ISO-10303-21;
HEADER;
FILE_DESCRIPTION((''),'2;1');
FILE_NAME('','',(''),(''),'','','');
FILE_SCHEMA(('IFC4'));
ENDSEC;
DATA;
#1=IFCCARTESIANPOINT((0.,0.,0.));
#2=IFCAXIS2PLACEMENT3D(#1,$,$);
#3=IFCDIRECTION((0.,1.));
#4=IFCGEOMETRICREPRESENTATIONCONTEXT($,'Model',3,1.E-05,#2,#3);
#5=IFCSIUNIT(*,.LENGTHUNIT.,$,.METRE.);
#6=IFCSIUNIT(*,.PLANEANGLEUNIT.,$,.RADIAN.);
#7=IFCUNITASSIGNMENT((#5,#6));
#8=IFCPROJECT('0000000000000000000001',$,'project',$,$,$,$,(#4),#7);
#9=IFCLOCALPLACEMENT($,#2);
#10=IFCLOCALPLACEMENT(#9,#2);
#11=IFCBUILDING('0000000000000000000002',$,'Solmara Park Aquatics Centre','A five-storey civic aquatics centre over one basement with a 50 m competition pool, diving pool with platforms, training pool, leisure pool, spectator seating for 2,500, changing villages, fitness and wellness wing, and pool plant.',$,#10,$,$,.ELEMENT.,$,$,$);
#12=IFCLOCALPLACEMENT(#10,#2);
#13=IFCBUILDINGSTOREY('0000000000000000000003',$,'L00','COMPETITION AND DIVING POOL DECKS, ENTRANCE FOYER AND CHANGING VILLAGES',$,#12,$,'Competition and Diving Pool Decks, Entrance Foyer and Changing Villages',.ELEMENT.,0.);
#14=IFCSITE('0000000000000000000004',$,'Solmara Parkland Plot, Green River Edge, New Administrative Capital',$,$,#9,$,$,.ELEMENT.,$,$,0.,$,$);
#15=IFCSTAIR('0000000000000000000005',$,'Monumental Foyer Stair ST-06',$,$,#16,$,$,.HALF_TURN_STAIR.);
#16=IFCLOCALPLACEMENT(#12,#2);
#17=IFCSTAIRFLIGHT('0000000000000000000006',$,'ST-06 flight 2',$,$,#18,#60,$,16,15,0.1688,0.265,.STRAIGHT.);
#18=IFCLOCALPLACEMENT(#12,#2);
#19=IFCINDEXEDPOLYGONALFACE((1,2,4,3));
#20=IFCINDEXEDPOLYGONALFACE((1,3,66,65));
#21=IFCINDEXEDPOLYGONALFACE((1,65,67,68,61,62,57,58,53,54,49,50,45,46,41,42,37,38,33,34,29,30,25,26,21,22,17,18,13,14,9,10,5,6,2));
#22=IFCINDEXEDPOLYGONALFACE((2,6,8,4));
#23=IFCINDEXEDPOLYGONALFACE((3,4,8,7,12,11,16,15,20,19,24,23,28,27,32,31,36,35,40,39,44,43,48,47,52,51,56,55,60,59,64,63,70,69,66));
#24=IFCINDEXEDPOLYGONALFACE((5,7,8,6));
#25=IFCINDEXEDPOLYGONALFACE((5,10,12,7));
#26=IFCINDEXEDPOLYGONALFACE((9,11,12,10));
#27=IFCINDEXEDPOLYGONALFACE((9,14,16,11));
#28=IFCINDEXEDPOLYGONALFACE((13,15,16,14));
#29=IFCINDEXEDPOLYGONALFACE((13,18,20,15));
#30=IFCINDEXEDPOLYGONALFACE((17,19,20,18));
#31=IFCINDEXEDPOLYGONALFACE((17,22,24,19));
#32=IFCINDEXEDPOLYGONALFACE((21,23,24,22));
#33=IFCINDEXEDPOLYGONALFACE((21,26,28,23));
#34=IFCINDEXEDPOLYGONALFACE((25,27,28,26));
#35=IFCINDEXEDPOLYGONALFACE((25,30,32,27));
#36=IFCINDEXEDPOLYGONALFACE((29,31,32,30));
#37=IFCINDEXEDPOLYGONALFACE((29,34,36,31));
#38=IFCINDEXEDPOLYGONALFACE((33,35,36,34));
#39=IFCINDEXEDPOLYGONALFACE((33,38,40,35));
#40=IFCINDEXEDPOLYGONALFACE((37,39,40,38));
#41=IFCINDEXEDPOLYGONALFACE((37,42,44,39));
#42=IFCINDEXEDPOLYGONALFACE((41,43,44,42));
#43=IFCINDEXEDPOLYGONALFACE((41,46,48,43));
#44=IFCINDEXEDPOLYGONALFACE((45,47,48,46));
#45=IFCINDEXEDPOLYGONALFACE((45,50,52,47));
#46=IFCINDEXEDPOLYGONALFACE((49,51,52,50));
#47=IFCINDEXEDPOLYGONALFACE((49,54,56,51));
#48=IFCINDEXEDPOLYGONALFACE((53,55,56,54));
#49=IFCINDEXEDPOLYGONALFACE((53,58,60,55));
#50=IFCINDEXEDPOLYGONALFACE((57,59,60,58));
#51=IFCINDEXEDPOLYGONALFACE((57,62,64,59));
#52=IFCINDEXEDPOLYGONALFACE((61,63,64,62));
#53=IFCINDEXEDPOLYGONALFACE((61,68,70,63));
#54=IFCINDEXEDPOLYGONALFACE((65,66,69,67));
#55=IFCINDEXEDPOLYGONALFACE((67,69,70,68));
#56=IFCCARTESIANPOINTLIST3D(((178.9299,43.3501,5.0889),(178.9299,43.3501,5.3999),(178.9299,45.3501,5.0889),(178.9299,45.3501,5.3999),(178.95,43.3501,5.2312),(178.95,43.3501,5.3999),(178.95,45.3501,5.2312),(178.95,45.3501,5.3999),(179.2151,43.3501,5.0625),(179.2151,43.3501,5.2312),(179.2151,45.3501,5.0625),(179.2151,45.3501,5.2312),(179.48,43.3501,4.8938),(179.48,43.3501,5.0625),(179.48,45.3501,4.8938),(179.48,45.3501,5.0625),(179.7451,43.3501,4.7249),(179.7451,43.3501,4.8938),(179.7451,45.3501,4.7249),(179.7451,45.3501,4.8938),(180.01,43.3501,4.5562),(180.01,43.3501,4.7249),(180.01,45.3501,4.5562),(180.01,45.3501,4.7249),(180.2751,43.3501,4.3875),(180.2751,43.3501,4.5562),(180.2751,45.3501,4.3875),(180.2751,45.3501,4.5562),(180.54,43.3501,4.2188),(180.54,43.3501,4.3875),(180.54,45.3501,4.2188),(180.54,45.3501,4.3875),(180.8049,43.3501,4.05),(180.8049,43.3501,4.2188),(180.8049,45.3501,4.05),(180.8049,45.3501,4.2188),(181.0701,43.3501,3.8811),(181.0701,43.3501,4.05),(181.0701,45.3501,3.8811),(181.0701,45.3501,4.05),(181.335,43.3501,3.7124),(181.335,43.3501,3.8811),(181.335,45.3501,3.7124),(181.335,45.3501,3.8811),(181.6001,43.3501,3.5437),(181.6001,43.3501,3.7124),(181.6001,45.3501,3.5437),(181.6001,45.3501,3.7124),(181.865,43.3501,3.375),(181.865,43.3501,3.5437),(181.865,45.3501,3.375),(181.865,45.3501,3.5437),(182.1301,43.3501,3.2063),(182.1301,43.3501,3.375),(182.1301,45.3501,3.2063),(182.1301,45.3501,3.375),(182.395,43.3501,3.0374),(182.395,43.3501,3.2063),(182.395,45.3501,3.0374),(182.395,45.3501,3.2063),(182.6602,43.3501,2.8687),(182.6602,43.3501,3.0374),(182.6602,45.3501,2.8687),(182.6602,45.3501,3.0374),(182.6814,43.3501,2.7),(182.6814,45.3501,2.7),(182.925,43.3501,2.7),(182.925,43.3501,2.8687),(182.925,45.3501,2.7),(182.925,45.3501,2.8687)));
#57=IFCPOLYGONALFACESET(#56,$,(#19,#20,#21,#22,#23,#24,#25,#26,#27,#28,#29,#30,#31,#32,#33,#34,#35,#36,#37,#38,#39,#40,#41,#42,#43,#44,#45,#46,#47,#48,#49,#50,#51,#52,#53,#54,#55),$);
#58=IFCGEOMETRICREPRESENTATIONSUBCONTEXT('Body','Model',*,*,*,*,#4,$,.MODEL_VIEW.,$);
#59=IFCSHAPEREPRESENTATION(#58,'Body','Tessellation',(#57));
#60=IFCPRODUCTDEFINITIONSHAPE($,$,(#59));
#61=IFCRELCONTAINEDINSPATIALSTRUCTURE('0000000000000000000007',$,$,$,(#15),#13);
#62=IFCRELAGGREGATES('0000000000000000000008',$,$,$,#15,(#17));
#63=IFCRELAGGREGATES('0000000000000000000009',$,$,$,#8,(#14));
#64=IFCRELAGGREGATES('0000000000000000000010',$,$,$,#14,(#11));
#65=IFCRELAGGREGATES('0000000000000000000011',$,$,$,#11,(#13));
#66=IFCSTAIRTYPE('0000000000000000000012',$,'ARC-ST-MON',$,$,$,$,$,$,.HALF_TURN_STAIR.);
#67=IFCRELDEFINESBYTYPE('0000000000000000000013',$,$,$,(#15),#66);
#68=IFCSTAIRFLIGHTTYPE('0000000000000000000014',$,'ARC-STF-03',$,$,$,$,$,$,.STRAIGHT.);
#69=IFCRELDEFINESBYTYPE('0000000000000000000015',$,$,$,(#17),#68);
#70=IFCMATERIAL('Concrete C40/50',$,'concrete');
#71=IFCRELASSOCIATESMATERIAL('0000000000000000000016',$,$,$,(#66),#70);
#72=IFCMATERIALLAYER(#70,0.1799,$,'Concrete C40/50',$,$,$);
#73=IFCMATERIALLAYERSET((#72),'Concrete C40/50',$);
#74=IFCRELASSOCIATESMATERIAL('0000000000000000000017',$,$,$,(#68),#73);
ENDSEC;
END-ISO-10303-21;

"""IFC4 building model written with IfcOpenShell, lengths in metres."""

from ifc_helpers import new_model, si_unit, direction, frame, origin, place, context, subcontext, project, spatial, polyline, outline, extrude, material, layer, layer_set, type_object, element, aggregate, save


model = new_model("IFC4")

# Units and contexts
model_context = context("Model", 3, precision=1e-05, world=origin(), true_north=direction((0.0, 1.0)))
body_context = subcontext(model_context, "Body", "Model", "MODEL_VIEW")
ifc_project = project(units=[si_unit("LENGTHUNIT", "METRE"), si_unit("PLANEANGLEUNIT", "RADIAN")], contexts=[model_context])

# Site, building, storey
site_placement = place(None, origin())
site = spatial("IfcSite", under=ifc_project, at=site_placement, Name="Solmara Parkland Plot, Green River Edge, New Administrative Capital", CompositionType="ELEMENT", RefElevation=0.0)
building_placement = place(site_placement, origin())
building = spatial("IfcBuilding", under=site, at=building_placement, Name="Solmara Park Aquatics Centre", Description="A five-storey civic aquatics centre over one basement with a 50 m competition pool, diving pool with platforms, training pool, leisure pool, spectator seating for 2,500, changing villages, fitness and wellness wing, and pool plant.", CompositionType="ELEMENT")
storey_placement = place(building_placement, origin())
storey = spatial("IfcBuildingStorey", under=building, at=storey_placement, Name="L00", Description="COMPETITION AND DIVING POOL DECKS, ENTRANCE FOYER AND CHANGING VILLAGES", LongName="Competition and Diving Pool Decks, Entrance Foyer and Changing Villages", CompositionType="ELEMENT", Elevation=0.0)

# Shared definitions
ifc_material_1 = material(Name="Concrete C40/50", Category="concrete")

# Stair, stair flight
stair_type = type_object("IfcStairType", Name="ARC-ST-MON", PredefinedType="HALF_TURN_STAIR", material=ifc_material_1)
stair_placement = place(storey_placement, origin())
stair = element("IfcStair", 1, at=stair_placement, inside=storey, type_object=stair_type, Name="Monumental Foyer Stair ST-06", PredefinedType="HALF_TURN_STAIR")
ifc_layer_1 = layer(ifc_material_1, 0.1799, Name="Concrete C40/50")
ifc_layer_set_1 = layer_set([ifc_layer_1], Name="Concrete C40/50")
stair_flight_type = type_object("IfcStairFlightType", Name="ARC-STF-03", PredefinedType="STRAIGHT", material=ifc_layer_set_1)
stair_flight_placement = place(storey_placement, frame((182.925, 44.3501, 2.7), z_axis=(0.0, 0.0, 1.0), x_axis=(-1.0, 0.0, 0.0)))
stair_flight = element("IfcStairFlight", 2, at=stair_flight_placement, type_object=stair_flight_type, Name="ST-06 flight 2", NumberOfRisers=16, NumberOfTreads=15, PredefinedType="STRAIGHT", RiserHeight=0.1688, TreadLength=0.265, context=body_context, shape_type="SweptSolid", body=[
    extrude(outline(polyline([(0.0, 0.0), (0.0, 0.1687), (0.2649, 0.1687), (0.2649, 0.3374), (0.53, 0.3374), (0.53, 0.5063), (0.7949, 0.5063), (0.7949, 0.675), (1.0601, 0.675), (1.0601, 0.8438), (1.325, 0.8438), (1.325, 1.0125), (1.5901, 1.0125), (1.5901, 1.1812), (1.855, 1.1812), (1.855, 1.3501), (2.1201, 1.3501), (2.1201, 1.5188), (2.385, 1.5188), (2.385, 1.6875), (2.6499, 1.6875), (2.6499, 1.8562), (2.915, 1.8562), (2.915, 2.0249), (3.1799, 2.0249), (3.1799, 2.1938), (3.4451, 2.1938), (3.4451, 2.3625), (3.71, 2.3625), (3.71, 2.5312), (3.9751, 2.5312), (3.9751, 2.7), (3.9951, 2.7), (3.9951, 2.3889), (0.2437, 0.0), (0.0, 0.0)])), frame((0.0, 1.0, 0.0), z_axis=(0.0, -1.0, 0.0), x_axis=(1.0, 0.0, 0.0)), (0.0, 0.0, 1.0), 2.0),
])
aggregate(stair, [stair_flight])

save(model, "model.ifc")
